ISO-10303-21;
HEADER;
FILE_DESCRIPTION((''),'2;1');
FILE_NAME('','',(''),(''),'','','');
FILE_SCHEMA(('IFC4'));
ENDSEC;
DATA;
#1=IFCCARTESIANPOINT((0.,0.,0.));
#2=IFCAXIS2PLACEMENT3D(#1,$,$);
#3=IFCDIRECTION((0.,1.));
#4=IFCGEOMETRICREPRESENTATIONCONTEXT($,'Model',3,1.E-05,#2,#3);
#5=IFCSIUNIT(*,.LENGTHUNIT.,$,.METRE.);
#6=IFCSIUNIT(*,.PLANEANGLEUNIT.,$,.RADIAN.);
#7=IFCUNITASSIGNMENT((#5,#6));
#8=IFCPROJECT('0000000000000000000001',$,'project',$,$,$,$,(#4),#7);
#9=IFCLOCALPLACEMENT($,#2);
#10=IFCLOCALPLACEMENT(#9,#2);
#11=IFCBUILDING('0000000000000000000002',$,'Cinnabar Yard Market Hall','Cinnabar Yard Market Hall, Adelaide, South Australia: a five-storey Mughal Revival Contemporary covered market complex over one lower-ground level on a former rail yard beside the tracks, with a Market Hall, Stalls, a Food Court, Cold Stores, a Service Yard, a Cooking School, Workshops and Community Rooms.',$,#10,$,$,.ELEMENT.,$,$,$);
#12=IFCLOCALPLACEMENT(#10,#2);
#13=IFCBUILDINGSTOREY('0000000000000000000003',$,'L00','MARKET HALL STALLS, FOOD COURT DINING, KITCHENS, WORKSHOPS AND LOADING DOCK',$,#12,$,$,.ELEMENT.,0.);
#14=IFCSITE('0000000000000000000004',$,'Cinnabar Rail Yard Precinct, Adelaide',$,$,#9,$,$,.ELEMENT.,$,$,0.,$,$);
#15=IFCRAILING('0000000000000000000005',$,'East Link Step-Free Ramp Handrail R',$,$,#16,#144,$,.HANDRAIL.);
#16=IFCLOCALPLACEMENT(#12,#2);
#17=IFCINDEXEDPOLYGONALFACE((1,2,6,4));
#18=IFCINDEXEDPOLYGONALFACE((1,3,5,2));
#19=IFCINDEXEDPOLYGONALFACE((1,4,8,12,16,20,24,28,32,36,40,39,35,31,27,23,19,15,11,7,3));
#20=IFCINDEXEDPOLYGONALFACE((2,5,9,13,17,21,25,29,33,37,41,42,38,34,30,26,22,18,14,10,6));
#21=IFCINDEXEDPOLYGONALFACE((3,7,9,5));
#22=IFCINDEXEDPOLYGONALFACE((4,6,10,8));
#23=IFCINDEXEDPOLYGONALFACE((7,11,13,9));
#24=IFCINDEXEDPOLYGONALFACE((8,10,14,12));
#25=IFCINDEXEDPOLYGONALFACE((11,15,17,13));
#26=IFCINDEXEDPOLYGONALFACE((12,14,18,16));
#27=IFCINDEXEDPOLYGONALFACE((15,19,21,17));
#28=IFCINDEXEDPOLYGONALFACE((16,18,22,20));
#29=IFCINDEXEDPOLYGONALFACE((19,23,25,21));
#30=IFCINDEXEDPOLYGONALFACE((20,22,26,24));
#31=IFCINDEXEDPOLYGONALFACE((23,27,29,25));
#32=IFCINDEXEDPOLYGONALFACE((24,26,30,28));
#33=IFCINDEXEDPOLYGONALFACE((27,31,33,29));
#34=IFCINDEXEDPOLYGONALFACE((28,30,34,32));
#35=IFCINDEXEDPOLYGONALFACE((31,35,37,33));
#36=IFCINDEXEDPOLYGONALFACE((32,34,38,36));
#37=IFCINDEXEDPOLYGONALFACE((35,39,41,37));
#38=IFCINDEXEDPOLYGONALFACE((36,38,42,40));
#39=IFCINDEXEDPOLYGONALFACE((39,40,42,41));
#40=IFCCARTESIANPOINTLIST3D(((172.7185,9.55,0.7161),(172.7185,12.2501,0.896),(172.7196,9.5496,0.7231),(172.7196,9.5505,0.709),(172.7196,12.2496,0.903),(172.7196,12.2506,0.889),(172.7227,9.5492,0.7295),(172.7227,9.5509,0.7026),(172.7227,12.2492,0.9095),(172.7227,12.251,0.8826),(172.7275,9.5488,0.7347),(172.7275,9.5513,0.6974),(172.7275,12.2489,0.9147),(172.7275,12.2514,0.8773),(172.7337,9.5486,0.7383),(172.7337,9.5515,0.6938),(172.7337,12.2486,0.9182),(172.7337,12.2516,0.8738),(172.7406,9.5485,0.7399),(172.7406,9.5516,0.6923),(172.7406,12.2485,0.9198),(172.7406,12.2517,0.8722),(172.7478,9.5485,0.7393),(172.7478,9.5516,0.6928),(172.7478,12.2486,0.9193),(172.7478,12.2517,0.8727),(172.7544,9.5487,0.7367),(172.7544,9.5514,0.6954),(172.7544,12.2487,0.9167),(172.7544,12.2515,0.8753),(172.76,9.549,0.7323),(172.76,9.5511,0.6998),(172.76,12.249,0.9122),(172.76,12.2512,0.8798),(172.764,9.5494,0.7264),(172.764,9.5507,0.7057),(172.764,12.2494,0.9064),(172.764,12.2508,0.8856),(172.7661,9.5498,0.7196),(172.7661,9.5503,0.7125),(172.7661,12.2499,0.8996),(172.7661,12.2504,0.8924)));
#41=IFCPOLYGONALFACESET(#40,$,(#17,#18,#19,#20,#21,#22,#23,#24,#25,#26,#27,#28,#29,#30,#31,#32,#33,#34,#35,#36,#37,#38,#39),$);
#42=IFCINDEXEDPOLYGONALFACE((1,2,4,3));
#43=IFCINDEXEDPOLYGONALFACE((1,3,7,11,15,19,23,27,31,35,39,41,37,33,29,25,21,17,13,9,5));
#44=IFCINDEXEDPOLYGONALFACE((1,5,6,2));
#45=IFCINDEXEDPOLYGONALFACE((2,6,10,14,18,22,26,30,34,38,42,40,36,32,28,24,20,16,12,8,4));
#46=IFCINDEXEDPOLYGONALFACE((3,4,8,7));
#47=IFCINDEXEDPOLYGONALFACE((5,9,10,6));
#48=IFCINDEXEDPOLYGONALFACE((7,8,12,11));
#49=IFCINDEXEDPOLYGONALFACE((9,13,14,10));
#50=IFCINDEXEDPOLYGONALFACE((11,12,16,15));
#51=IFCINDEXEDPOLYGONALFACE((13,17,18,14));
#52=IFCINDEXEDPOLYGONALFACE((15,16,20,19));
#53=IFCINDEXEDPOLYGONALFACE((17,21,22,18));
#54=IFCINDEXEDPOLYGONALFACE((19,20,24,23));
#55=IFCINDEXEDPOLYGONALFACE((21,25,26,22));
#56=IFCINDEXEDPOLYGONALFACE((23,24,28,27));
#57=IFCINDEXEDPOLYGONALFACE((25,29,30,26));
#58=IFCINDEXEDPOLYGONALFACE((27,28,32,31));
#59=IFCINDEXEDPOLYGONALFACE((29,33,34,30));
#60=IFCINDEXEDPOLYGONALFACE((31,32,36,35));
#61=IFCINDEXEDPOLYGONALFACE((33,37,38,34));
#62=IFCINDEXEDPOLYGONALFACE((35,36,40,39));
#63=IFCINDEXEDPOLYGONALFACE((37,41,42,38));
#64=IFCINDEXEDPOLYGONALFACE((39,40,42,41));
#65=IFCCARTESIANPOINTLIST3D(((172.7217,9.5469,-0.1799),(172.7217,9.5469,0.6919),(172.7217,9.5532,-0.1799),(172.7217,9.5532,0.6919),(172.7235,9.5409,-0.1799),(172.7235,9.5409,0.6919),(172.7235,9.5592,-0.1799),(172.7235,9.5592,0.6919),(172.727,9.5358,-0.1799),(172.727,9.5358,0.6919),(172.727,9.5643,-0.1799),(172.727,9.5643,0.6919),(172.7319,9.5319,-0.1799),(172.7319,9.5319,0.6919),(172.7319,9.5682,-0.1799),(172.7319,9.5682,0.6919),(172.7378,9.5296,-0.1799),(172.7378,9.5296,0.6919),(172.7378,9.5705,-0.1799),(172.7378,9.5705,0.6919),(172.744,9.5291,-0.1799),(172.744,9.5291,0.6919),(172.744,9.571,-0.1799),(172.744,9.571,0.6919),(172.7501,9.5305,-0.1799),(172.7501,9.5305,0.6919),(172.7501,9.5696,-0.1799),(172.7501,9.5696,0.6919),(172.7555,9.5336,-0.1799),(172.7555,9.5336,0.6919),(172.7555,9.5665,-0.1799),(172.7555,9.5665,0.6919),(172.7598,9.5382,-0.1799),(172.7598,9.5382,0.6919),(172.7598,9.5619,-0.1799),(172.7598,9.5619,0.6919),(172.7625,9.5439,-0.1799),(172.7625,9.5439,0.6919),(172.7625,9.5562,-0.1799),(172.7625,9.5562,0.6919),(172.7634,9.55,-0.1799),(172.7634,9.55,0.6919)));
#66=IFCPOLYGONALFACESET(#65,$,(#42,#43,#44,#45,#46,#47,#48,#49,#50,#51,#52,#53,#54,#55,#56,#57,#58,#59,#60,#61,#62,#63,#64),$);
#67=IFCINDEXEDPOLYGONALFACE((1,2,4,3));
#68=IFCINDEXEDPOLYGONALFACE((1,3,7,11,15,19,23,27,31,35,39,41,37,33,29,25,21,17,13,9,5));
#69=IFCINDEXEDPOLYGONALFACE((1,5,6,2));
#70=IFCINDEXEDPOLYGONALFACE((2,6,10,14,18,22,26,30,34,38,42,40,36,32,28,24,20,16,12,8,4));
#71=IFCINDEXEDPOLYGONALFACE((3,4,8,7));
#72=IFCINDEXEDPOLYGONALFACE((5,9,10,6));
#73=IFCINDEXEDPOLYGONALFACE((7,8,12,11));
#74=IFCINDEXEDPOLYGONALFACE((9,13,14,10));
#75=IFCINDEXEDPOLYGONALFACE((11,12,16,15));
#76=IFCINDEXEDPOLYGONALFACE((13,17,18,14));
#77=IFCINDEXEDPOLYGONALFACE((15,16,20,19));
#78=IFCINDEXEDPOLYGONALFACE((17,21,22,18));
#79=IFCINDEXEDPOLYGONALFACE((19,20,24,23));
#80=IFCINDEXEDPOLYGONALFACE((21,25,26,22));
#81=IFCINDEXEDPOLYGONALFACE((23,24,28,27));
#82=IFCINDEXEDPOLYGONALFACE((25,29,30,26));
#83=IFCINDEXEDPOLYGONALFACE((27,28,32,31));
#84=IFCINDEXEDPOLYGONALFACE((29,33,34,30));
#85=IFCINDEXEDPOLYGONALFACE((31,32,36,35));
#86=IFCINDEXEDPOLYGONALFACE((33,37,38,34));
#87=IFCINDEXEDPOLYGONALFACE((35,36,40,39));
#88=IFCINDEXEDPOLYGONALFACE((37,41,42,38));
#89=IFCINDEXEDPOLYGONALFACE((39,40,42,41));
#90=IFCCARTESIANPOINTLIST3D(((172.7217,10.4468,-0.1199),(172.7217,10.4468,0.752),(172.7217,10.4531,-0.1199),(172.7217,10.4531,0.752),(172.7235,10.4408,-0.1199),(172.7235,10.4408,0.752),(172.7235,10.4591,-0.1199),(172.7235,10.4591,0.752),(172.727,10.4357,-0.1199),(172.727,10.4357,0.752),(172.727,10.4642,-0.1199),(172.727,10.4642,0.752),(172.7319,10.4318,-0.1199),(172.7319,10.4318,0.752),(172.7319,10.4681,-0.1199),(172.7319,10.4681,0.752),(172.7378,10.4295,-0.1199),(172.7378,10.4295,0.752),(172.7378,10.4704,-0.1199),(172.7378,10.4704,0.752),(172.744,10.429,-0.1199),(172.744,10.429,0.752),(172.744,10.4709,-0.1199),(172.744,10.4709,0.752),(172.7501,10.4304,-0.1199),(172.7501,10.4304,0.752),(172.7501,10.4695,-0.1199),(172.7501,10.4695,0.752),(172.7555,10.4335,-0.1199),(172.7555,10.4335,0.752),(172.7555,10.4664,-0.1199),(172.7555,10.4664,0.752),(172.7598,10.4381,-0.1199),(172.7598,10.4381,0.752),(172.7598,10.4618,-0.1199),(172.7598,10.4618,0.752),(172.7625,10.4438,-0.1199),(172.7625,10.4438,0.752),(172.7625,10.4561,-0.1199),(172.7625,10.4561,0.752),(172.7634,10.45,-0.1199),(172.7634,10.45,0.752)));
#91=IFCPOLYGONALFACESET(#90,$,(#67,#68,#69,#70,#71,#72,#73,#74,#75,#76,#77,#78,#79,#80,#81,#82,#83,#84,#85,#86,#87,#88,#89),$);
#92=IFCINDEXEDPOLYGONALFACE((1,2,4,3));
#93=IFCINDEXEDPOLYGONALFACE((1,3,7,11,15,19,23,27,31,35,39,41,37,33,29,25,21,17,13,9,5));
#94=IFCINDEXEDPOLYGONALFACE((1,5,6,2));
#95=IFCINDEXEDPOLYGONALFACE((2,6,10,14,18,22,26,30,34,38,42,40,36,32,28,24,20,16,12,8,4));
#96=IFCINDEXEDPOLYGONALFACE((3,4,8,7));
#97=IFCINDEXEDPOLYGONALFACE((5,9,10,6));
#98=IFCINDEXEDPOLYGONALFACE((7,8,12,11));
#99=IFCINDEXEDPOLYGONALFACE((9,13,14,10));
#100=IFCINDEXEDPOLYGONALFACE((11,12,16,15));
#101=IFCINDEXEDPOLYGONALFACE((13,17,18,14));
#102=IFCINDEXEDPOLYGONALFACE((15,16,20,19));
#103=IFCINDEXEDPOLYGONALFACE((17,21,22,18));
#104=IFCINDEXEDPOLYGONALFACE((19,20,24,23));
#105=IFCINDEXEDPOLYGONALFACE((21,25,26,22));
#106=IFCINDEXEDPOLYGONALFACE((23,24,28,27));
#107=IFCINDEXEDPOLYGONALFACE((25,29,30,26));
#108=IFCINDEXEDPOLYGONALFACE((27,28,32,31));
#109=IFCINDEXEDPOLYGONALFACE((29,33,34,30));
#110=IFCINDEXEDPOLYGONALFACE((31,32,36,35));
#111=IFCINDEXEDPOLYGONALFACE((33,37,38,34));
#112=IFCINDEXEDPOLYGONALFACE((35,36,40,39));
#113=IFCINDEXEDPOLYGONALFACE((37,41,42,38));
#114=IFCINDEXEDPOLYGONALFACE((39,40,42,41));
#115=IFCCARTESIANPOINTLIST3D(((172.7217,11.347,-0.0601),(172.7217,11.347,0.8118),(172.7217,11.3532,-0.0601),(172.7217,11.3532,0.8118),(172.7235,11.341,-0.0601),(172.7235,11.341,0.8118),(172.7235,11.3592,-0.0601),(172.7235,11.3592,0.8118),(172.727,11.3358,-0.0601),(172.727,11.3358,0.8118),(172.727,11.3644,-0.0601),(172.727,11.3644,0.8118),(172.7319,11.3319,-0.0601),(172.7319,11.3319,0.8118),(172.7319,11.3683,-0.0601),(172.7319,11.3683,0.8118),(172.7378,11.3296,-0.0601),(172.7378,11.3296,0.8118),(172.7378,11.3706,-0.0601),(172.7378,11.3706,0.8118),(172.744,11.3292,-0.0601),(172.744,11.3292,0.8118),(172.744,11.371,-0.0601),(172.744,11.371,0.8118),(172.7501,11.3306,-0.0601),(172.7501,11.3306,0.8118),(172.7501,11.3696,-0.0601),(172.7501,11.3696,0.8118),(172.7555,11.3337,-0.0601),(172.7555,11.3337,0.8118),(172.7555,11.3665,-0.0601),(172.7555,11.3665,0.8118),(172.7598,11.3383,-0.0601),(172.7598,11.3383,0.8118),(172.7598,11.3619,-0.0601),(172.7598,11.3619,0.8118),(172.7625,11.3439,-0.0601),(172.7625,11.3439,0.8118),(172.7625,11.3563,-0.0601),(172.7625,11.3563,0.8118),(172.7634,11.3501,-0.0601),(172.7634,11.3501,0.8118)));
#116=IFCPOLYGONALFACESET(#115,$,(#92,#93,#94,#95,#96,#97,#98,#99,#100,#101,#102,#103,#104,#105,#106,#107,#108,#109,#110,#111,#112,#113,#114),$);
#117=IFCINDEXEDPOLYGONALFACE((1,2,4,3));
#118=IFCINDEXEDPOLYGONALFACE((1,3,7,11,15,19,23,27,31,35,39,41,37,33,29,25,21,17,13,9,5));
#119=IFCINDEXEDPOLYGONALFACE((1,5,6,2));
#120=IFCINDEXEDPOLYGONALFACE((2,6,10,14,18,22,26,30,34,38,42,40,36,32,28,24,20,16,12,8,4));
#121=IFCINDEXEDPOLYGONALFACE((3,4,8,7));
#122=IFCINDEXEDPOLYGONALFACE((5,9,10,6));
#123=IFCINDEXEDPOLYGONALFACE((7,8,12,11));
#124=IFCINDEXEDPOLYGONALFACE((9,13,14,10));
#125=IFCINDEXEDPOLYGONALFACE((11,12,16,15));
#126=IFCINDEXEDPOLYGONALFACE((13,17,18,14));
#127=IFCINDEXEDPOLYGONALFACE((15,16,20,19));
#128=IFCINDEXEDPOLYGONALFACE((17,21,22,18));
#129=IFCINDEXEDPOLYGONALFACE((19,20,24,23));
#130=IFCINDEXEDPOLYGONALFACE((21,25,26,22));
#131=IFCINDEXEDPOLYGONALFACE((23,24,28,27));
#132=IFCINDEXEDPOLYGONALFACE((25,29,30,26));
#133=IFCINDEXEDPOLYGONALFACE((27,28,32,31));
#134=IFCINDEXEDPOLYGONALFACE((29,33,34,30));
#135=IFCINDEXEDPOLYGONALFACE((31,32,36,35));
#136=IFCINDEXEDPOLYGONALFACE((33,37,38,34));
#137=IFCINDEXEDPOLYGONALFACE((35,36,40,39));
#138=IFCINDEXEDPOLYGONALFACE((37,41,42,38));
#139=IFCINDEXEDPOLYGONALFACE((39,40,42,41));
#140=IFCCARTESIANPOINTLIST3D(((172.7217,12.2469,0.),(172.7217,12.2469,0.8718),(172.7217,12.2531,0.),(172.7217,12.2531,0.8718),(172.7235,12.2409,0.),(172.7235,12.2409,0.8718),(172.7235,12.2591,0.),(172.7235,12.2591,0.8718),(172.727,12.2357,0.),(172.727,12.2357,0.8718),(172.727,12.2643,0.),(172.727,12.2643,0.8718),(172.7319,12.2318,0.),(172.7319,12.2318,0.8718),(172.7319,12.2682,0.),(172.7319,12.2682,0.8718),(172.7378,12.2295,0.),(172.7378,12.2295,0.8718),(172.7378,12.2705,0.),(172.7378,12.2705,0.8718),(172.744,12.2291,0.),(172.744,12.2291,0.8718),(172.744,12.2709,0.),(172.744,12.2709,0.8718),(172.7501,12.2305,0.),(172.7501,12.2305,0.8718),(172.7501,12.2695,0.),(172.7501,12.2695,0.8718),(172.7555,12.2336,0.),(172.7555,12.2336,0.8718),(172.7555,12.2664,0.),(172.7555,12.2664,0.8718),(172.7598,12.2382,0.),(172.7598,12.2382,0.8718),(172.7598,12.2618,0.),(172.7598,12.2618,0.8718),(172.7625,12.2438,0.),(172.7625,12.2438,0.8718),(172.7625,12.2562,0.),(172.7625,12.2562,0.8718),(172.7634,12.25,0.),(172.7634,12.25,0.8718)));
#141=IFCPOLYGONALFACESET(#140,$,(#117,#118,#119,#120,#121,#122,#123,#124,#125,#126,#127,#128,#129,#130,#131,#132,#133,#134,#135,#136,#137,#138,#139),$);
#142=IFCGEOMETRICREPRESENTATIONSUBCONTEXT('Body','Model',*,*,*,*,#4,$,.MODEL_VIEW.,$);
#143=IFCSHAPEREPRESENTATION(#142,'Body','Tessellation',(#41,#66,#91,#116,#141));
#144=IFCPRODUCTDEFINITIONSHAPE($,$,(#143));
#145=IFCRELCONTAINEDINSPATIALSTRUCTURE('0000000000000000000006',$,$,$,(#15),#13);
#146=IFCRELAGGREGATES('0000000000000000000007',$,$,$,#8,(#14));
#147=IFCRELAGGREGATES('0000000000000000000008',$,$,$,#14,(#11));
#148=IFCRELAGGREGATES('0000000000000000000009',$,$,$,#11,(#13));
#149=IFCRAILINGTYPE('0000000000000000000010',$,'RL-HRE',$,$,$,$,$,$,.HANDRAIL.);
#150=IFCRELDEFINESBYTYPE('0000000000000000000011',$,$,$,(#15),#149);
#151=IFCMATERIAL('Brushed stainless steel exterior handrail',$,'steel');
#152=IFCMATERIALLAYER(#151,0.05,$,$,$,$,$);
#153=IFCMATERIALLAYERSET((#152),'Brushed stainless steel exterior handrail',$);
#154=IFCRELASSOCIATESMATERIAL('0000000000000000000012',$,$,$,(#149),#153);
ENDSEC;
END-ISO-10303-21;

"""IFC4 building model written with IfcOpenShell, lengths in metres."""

from ifc_helpers import new_model, si_unit, direction, frame, origin, origin_2d_with_axis, place, context, subcontext, project, spatial, circle, extrude, material, layer, layer_set, type_object, element, save


model = new_model("IFC4")

# Units and contexts
model_context = context("Model", 3, precision=1e-05, world=origin(), true_north=direction((0.0, 1.0)))
body_context = subcontext(model_context, "Body", "Model", "MODEL_VIEW")
ifc_project = project(units=[si_unit("LENGTHUNIT", "METRE"), si_unit("PLANEANGLEUNIT", "RADIAN")], contexts=[model_context])

# Site, building, storey
site_placement = place(None, origin())
site = spatial("IfcSite", under=ifc_project, at=site_placement, Name="Cinnabar Rail Yard Precinct, Adelaide", CompositionType="ELEMENT", RefElevation=0.0)
building_placement = place(site_placement, origin())
building = spatial("IfcBuilding", under=site, at=building_placement, Name="Cinnabar Yard Market Hall", Description="Cinnabar Yard Market Hall, Adelaide, South Australia: a five-storey Mughal Revival Contemporary covered market complex over one lower-ground level on a former rail yard beside the tracks, with a Market Hall, Stalls, a Food Court, Cold Stores, a Service Yard, a Cooking School, Workshops and Community Rooms.", CompositionType="ELEMENT")
storey_placement = place(building_placement, origin())
storey = spatial("IfcBuildingStorey", under=building, at=storey_placement, Name="L00", Description="MARKET HALL STALLS, FOOD COURT DINING, KITCHENS, WORKSHOPS AND LOADING DOCK", CompositionType="ELEMENT", Elevation=0.0)

# Railing
ifc_material_1 = material(Name="Brushed stainless steel exterior handrail", Category="steel")
ifc_layer_1 = layer(ifc_material_1, 0.05)
ifc_layer_set_1 = layer_set([ifc_layer_1], Name="Brushed stainless steel exterior handrail")
railing_type_1 = type_object("IfcRailingType", Name="RL-HRE", PredefinedType="HANDRAIL", material=ifc_layer_set_1)
for number, where, name in (
    (1, (172.7424, 9.55, -0.1799), "East Link Step-Free Ramp Handrail R"),
):
    element("IfcRailing", number, at=place(storey_placement, frame(where)), inside=storey, type_object=railing_type_1, Name=name, PredefinedType="HANDRAIL", context=body_context, shape_type="SweptSolid", body=[
        extrude(circle(Radius=0.0239, at=origin_2d_with_axis()), frame((0.0, 0.0, 0.896), z_axis=(0.0, 0.997787, 0.066495), x_axis=(-1.0, 0.0, 0.0)), (0.0, 0.0, 1.0), 2.7061),
        extrude(circle(Radius=0.021, at=origin_2d_with_axis()), origin(), (0.0, 0.0, 1.0), 0.8718),
        extrude(circle(Radius=0.021, at=origin_2d_with_axis()), frame((0.0, 0.8999, 0.0601)), (0.0, 0.0, 1.0), 0.8718),
        extrude(circle(Radius=0.021, at=origin_2d_with_axis()), frame((0.0, 1.8, 0.1199)), (0.0, 0.0, 1.0), 0.8718),
        extrude(circle(Radius=0.021, at=origin_2d_with_axis()), frame((0.0, 2.7, 0.1799)), (0.0, 0.0, 1.0), 0.8718),
    ])

save(model, "model.ifc")
